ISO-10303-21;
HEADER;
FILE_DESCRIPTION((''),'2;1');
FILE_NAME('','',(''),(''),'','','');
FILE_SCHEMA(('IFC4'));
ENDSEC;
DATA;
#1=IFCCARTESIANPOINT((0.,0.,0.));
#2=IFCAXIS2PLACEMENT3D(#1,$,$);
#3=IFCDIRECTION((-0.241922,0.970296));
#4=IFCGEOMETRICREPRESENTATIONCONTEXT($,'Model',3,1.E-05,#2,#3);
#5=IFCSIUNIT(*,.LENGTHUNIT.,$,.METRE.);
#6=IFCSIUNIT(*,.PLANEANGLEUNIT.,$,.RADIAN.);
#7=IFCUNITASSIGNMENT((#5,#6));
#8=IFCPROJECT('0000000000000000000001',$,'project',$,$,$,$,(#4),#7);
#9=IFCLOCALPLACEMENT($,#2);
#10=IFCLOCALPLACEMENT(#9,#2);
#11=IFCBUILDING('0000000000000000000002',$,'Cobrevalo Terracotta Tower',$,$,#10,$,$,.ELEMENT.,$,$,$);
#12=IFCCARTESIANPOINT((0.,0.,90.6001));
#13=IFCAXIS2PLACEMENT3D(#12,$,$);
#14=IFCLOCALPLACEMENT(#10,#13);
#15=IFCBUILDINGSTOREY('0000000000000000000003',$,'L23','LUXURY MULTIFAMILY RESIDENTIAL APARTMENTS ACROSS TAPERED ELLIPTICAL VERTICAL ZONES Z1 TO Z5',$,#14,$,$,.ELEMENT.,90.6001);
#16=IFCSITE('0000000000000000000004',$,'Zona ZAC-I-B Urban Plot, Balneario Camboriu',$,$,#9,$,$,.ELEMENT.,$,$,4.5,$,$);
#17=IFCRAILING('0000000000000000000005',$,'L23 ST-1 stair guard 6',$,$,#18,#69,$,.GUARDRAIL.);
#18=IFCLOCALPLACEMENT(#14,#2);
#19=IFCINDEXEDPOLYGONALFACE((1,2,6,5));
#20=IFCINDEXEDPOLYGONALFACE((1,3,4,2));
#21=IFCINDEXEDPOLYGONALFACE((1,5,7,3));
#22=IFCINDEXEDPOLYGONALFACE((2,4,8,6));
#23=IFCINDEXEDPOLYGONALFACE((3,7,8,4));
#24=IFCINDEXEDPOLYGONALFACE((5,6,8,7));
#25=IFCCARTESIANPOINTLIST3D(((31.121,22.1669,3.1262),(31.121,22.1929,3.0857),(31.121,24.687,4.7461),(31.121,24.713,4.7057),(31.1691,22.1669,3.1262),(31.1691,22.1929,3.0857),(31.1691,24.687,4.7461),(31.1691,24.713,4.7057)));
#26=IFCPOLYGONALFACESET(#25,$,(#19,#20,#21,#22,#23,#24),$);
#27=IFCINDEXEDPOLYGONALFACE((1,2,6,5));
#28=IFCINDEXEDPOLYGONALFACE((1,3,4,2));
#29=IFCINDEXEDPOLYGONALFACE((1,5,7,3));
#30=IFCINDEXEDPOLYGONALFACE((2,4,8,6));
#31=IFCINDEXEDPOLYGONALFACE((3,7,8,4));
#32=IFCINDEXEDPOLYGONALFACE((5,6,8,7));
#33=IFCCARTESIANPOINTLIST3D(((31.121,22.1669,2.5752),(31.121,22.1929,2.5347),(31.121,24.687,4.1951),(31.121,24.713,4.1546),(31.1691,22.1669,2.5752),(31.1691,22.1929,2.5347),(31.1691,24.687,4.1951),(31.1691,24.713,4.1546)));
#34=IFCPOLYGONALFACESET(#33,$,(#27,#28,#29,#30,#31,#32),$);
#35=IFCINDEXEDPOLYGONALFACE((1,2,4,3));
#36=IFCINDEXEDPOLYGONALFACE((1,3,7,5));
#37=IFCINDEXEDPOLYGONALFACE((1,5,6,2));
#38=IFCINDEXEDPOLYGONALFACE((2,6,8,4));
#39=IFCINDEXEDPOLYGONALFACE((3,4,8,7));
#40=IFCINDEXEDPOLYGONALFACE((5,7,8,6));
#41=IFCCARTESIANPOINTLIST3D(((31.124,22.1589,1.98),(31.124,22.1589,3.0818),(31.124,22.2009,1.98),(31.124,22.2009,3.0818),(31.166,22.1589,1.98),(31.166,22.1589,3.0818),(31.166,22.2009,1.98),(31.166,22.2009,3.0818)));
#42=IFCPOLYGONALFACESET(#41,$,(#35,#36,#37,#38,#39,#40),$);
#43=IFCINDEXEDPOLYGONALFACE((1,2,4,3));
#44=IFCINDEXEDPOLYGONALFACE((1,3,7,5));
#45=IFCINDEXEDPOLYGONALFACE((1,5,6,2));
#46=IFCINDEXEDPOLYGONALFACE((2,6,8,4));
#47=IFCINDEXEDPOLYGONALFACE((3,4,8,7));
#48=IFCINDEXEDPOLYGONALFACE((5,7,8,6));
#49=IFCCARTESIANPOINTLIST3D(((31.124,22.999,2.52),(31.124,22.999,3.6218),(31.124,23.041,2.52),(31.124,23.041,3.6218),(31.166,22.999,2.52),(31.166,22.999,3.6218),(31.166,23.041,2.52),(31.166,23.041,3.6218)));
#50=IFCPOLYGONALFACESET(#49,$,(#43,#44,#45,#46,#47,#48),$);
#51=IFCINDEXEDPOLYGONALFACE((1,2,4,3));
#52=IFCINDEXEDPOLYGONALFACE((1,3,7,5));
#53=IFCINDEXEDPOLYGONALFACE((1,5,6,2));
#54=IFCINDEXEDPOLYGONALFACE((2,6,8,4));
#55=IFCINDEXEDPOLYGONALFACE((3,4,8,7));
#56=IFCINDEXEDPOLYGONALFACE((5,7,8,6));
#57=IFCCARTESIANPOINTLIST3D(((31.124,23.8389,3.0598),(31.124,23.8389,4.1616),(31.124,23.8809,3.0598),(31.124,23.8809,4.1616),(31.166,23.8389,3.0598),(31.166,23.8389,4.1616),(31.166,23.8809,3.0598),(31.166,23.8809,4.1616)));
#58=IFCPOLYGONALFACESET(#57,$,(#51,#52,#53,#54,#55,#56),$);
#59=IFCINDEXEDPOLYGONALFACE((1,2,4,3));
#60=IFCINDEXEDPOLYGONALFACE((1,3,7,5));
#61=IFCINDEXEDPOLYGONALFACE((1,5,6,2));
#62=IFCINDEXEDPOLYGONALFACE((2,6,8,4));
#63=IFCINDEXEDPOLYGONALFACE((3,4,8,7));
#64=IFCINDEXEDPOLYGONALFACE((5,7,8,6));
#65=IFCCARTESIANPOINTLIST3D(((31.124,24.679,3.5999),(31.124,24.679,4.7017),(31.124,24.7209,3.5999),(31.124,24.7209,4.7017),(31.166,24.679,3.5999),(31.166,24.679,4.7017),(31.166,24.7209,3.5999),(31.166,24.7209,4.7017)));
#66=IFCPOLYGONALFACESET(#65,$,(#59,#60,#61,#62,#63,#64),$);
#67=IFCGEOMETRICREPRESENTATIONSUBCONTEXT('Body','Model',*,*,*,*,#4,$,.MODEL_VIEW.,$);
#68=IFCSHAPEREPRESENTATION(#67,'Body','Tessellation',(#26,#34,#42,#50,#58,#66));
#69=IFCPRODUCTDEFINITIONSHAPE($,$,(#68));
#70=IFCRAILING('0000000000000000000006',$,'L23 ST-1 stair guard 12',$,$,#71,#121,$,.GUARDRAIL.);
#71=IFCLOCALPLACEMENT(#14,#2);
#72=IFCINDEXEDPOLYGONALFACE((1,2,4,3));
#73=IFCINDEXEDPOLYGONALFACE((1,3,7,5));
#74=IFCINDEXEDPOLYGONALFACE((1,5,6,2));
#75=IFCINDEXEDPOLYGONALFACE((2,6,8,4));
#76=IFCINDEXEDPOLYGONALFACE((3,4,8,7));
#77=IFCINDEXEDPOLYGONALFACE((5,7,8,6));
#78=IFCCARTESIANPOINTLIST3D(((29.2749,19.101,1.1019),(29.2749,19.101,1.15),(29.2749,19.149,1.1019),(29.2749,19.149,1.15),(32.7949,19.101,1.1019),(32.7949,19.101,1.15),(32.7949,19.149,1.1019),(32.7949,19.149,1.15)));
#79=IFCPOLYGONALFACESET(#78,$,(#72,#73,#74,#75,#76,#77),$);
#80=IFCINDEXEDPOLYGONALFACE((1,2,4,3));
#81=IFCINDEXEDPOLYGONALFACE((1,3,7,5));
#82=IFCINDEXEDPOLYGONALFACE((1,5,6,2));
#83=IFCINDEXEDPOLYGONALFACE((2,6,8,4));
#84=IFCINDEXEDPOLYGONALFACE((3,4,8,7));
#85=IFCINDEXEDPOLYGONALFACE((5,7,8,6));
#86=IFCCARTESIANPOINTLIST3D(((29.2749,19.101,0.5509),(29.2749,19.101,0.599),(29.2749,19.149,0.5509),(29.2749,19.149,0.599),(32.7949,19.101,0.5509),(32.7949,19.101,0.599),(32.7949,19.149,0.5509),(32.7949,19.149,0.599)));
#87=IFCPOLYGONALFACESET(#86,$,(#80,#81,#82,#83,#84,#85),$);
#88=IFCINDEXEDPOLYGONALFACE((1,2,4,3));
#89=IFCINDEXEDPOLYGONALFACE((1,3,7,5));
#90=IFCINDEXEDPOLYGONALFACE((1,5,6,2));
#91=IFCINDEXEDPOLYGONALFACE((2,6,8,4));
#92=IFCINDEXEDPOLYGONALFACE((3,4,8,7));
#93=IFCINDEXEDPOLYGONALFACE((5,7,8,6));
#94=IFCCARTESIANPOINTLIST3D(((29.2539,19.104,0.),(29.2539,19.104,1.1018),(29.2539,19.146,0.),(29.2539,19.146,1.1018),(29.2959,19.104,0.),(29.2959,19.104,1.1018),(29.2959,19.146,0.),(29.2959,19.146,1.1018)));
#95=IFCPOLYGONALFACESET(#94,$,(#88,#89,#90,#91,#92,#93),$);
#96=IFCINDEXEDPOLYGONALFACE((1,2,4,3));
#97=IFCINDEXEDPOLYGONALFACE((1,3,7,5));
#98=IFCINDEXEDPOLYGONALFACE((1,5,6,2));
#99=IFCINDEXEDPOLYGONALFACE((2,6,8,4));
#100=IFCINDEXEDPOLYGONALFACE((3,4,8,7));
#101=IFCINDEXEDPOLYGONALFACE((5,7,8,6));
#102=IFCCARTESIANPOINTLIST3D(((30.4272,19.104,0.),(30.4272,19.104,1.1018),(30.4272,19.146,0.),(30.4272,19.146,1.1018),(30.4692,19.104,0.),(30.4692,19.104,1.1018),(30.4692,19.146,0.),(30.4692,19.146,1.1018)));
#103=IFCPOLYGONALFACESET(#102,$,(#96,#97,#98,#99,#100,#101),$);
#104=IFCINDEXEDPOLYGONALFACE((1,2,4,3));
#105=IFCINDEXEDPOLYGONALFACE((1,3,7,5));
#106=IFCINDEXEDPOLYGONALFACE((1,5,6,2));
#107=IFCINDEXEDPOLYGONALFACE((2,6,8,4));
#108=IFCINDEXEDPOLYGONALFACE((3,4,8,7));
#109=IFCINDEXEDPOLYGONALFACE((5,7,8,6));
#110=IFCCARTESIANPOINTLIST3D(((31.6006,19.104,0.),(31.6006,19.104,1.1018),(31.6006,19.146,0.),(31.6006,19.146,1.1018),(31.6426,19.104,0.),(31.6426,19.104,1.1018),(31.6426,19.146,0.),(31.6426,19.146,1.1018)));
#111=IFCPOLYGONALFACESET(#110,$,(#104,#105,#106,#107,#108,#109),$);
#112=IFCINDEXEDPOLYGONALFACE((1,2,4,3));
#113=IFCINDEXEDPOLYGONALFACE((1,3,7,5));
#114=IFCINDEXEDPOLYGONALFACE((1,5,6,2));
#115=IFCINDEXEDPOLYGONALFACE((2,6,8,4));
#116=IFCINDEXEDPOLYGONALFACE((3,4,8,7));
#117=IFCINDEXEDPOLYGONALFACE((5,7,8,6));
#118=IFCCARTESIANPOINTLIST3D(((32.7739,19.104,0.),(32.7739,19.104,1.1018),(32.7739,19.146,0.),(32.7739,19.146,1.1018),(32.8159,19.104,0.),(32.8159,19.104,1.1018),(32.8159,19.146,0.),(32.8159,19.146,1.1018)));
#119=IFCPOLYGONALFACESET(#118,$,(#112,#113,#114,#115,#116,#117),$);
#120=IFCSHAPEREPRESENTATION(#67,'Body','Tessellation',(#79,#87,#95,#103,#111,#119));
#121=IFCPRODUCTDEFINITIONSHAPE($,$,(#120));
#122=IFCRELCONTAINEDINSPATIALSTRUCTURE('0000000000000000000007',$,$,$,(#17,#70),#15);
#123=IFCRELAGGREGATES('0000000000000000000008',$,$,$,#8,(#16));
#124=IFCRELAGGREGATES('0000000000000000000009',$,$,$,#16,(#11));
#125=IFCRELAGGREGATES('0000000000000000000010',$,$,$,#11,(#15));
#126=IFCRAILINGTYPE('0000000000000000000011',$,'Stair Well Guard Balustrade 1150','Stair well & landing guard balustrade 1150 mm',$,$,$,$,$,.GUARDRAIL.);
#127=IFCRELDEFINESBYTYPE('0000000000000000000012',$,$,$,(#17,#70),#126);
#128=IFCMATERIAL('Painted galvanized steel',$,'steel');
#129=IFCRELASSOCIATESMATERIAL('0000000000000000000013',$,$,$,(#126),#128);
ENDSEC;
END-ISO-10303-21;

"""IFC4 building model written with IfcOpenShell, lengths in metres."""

from ifc_helpers import new_model, si_unit, direction, frame, origin, origin_2d, place, context, subcontext, project, spatial, rectangle, extrude, material, type_object, element, save


model = new_model("IFC4")

# Units and contexts
model_context = context("Model", 3, precision=1e-05, world=origin(), true_north=direction((-0.241922, 0.970296)))
body_context = subcontext(model_context, "Body", "Model", "MODEL_VIEW")
ifc_project = project(units=[si_unit("LENGTHUNIT", "METRE"), si_unit("PLANEANGLEUNIT", "RADIAN")], contexts=[model_context])

# Site, building, storey
site_placement = place(None, origin())
site = spatial("IfcSite", under=ifc_project, at=site_placement, Name="Zona ZAC-I-B Urban Plot, Balneario Camboriu", CompositionType="ELEMENT", RefElevation=4.5)
building_placement = place(site_placement, origin())
building = spatial("IfcBuilding", under=site, at=building_placement, Name="Cobrevalo Terracotta Tower", CompositionType="ELEMENT")
storey_placement = place(building_placement, frame((0.0, 0.0, 90.6001)))
storey = spatial("IfcBuildingStorey", under=building, at=storey_placement, Name="L23", Description="LUXURY MULTIFAMILY RESIDENTIAL APARTMENTS ACROSS TAPERED ELLIPTICAL VERTICAL ZONES Z1 TO Z5", CompositionType="ELEMENT", Elevation=90.6001)

# Railings
ifc_material_1 = material(Name="Painted galvanized steel", Category="steel")
railing_type_1 = type_object("IfcRailingType", Name="Stair Well Guard Balustrade 1150", Description="Stair well & landing guard balustrade 1150 mm", PredefinedType="GUARDRAIL", material=ifc_material_1)
railing_1_placement = place(storey_placement, frame((31.145, 22.1799, 1.98)))
element("IfcRailing", 1, at=railing_1_placement, inside=storey, type_object=railing_type_1, Name="L23 ST-1 stair guard 6", PredefinedType="GUARDRAIL", context=body_context, shape_type="SweptSolid", body=[
    extrude(rectangle(XDim=0.0481, YDim=0.0481, at=origin_2d()), frame((0.0, 0.0, 1.126), z_axis=(0.0, 0.8412, 0.540725), x_axis=(-1.0, 0.0, 0.0)), (0.0, 0.0, 1.0), 2.9958),
    extrude(rectangle(XDim=0.0481, YDim=0.0481, at=origin_2d()), frame((0.0, 0.0, 0.575), z_axis=(0.0, 0.8412, 0.540725), x_axis=(-1.0, 0.0, 0.0)), (0.0, 0.0, 1.0), 2.9958),
    extrude(rectangle(XDim=0.042, YDim=0.042, at=origin_2d()), origin(), (0.0, 0.0, 1.0), 1.1018),
    extrude(rectangle(XDim=0.042, YDim=0.042, at=origin_2d()), frame((0.0, 0.8401, 0.54)), (0.0, 0.0, 1.0), 1.1018),
    extrude(rectangle(XDim=0.042, YDim=0.042, at=origin_2d()), frame((0.0, 1.6799, 1.0798)), (0.0, 0.0, 1.0), 1.1018),
    extrude(rectangle(XDim=0.042, YDim=0.042, at=origin_2d()), frame((0.0, 2.52, 1.6199)), (0.0, 0.0, 1.0), 1.1018),
])
railing_2_placement = place(storey_placement, frame((29.2749, 19.125, 0.0)))
element("IfcRailing", 2, at=railing_2_placement, inside=storey, type_object=railing_type_1, Name="L23 ST-1 stair guard 12", PredefinedType="GUARDRAIL", context=body_context, shape_type="SweptSolid", body=[
    extrude(rectangle(XDim=0.0481, YDim=0.0481, at=origin_2d()), frame((0.0, 0.0, 1.126), z_axis=(1.0, 0.0, 0.0), x_axis=(0.0, 1.0, 0.0)), (0.0, 0.0, 1.0), 3.52),
    extrude(rectangle(XDim=0.0481, YDim=0.0481, at=origin_2d()), frame((0.0, 0.0, 0.575), z_axis=(1.0, 0.0, 0.0), x_axis=(0.0, 1.0, 0.0)), (0.0, 0.0, 1.0), 3.52),
    extrude(rectangle(XDim=0.042, YDim=0.042, at=origin_2d()), origin(), (0.0, 0.0, 1.0), 1.1018),
    extrude(rectangle(XDim=0.042, YDim=0.042, at=origin_2d()), frame((1.1733, 0.0, 0.0)), (0.0, 0.0, 1.0), 1.1018),
    extrude(rectangle(XDim=0.042, YDim=0.042, at=origin_2d()), frame((2.3467, 0.0, 0.0)), (0.0, 0.0, 1.0), 1.1018),
    extrude(rectangle(XDim=0.042, YDim=0.042, at=origin_2d()), frame((3.52, 0.0, 0.0)), (0.0, 0.0, 1.0), 1.1018),
])

save(model, "model.ifc")
